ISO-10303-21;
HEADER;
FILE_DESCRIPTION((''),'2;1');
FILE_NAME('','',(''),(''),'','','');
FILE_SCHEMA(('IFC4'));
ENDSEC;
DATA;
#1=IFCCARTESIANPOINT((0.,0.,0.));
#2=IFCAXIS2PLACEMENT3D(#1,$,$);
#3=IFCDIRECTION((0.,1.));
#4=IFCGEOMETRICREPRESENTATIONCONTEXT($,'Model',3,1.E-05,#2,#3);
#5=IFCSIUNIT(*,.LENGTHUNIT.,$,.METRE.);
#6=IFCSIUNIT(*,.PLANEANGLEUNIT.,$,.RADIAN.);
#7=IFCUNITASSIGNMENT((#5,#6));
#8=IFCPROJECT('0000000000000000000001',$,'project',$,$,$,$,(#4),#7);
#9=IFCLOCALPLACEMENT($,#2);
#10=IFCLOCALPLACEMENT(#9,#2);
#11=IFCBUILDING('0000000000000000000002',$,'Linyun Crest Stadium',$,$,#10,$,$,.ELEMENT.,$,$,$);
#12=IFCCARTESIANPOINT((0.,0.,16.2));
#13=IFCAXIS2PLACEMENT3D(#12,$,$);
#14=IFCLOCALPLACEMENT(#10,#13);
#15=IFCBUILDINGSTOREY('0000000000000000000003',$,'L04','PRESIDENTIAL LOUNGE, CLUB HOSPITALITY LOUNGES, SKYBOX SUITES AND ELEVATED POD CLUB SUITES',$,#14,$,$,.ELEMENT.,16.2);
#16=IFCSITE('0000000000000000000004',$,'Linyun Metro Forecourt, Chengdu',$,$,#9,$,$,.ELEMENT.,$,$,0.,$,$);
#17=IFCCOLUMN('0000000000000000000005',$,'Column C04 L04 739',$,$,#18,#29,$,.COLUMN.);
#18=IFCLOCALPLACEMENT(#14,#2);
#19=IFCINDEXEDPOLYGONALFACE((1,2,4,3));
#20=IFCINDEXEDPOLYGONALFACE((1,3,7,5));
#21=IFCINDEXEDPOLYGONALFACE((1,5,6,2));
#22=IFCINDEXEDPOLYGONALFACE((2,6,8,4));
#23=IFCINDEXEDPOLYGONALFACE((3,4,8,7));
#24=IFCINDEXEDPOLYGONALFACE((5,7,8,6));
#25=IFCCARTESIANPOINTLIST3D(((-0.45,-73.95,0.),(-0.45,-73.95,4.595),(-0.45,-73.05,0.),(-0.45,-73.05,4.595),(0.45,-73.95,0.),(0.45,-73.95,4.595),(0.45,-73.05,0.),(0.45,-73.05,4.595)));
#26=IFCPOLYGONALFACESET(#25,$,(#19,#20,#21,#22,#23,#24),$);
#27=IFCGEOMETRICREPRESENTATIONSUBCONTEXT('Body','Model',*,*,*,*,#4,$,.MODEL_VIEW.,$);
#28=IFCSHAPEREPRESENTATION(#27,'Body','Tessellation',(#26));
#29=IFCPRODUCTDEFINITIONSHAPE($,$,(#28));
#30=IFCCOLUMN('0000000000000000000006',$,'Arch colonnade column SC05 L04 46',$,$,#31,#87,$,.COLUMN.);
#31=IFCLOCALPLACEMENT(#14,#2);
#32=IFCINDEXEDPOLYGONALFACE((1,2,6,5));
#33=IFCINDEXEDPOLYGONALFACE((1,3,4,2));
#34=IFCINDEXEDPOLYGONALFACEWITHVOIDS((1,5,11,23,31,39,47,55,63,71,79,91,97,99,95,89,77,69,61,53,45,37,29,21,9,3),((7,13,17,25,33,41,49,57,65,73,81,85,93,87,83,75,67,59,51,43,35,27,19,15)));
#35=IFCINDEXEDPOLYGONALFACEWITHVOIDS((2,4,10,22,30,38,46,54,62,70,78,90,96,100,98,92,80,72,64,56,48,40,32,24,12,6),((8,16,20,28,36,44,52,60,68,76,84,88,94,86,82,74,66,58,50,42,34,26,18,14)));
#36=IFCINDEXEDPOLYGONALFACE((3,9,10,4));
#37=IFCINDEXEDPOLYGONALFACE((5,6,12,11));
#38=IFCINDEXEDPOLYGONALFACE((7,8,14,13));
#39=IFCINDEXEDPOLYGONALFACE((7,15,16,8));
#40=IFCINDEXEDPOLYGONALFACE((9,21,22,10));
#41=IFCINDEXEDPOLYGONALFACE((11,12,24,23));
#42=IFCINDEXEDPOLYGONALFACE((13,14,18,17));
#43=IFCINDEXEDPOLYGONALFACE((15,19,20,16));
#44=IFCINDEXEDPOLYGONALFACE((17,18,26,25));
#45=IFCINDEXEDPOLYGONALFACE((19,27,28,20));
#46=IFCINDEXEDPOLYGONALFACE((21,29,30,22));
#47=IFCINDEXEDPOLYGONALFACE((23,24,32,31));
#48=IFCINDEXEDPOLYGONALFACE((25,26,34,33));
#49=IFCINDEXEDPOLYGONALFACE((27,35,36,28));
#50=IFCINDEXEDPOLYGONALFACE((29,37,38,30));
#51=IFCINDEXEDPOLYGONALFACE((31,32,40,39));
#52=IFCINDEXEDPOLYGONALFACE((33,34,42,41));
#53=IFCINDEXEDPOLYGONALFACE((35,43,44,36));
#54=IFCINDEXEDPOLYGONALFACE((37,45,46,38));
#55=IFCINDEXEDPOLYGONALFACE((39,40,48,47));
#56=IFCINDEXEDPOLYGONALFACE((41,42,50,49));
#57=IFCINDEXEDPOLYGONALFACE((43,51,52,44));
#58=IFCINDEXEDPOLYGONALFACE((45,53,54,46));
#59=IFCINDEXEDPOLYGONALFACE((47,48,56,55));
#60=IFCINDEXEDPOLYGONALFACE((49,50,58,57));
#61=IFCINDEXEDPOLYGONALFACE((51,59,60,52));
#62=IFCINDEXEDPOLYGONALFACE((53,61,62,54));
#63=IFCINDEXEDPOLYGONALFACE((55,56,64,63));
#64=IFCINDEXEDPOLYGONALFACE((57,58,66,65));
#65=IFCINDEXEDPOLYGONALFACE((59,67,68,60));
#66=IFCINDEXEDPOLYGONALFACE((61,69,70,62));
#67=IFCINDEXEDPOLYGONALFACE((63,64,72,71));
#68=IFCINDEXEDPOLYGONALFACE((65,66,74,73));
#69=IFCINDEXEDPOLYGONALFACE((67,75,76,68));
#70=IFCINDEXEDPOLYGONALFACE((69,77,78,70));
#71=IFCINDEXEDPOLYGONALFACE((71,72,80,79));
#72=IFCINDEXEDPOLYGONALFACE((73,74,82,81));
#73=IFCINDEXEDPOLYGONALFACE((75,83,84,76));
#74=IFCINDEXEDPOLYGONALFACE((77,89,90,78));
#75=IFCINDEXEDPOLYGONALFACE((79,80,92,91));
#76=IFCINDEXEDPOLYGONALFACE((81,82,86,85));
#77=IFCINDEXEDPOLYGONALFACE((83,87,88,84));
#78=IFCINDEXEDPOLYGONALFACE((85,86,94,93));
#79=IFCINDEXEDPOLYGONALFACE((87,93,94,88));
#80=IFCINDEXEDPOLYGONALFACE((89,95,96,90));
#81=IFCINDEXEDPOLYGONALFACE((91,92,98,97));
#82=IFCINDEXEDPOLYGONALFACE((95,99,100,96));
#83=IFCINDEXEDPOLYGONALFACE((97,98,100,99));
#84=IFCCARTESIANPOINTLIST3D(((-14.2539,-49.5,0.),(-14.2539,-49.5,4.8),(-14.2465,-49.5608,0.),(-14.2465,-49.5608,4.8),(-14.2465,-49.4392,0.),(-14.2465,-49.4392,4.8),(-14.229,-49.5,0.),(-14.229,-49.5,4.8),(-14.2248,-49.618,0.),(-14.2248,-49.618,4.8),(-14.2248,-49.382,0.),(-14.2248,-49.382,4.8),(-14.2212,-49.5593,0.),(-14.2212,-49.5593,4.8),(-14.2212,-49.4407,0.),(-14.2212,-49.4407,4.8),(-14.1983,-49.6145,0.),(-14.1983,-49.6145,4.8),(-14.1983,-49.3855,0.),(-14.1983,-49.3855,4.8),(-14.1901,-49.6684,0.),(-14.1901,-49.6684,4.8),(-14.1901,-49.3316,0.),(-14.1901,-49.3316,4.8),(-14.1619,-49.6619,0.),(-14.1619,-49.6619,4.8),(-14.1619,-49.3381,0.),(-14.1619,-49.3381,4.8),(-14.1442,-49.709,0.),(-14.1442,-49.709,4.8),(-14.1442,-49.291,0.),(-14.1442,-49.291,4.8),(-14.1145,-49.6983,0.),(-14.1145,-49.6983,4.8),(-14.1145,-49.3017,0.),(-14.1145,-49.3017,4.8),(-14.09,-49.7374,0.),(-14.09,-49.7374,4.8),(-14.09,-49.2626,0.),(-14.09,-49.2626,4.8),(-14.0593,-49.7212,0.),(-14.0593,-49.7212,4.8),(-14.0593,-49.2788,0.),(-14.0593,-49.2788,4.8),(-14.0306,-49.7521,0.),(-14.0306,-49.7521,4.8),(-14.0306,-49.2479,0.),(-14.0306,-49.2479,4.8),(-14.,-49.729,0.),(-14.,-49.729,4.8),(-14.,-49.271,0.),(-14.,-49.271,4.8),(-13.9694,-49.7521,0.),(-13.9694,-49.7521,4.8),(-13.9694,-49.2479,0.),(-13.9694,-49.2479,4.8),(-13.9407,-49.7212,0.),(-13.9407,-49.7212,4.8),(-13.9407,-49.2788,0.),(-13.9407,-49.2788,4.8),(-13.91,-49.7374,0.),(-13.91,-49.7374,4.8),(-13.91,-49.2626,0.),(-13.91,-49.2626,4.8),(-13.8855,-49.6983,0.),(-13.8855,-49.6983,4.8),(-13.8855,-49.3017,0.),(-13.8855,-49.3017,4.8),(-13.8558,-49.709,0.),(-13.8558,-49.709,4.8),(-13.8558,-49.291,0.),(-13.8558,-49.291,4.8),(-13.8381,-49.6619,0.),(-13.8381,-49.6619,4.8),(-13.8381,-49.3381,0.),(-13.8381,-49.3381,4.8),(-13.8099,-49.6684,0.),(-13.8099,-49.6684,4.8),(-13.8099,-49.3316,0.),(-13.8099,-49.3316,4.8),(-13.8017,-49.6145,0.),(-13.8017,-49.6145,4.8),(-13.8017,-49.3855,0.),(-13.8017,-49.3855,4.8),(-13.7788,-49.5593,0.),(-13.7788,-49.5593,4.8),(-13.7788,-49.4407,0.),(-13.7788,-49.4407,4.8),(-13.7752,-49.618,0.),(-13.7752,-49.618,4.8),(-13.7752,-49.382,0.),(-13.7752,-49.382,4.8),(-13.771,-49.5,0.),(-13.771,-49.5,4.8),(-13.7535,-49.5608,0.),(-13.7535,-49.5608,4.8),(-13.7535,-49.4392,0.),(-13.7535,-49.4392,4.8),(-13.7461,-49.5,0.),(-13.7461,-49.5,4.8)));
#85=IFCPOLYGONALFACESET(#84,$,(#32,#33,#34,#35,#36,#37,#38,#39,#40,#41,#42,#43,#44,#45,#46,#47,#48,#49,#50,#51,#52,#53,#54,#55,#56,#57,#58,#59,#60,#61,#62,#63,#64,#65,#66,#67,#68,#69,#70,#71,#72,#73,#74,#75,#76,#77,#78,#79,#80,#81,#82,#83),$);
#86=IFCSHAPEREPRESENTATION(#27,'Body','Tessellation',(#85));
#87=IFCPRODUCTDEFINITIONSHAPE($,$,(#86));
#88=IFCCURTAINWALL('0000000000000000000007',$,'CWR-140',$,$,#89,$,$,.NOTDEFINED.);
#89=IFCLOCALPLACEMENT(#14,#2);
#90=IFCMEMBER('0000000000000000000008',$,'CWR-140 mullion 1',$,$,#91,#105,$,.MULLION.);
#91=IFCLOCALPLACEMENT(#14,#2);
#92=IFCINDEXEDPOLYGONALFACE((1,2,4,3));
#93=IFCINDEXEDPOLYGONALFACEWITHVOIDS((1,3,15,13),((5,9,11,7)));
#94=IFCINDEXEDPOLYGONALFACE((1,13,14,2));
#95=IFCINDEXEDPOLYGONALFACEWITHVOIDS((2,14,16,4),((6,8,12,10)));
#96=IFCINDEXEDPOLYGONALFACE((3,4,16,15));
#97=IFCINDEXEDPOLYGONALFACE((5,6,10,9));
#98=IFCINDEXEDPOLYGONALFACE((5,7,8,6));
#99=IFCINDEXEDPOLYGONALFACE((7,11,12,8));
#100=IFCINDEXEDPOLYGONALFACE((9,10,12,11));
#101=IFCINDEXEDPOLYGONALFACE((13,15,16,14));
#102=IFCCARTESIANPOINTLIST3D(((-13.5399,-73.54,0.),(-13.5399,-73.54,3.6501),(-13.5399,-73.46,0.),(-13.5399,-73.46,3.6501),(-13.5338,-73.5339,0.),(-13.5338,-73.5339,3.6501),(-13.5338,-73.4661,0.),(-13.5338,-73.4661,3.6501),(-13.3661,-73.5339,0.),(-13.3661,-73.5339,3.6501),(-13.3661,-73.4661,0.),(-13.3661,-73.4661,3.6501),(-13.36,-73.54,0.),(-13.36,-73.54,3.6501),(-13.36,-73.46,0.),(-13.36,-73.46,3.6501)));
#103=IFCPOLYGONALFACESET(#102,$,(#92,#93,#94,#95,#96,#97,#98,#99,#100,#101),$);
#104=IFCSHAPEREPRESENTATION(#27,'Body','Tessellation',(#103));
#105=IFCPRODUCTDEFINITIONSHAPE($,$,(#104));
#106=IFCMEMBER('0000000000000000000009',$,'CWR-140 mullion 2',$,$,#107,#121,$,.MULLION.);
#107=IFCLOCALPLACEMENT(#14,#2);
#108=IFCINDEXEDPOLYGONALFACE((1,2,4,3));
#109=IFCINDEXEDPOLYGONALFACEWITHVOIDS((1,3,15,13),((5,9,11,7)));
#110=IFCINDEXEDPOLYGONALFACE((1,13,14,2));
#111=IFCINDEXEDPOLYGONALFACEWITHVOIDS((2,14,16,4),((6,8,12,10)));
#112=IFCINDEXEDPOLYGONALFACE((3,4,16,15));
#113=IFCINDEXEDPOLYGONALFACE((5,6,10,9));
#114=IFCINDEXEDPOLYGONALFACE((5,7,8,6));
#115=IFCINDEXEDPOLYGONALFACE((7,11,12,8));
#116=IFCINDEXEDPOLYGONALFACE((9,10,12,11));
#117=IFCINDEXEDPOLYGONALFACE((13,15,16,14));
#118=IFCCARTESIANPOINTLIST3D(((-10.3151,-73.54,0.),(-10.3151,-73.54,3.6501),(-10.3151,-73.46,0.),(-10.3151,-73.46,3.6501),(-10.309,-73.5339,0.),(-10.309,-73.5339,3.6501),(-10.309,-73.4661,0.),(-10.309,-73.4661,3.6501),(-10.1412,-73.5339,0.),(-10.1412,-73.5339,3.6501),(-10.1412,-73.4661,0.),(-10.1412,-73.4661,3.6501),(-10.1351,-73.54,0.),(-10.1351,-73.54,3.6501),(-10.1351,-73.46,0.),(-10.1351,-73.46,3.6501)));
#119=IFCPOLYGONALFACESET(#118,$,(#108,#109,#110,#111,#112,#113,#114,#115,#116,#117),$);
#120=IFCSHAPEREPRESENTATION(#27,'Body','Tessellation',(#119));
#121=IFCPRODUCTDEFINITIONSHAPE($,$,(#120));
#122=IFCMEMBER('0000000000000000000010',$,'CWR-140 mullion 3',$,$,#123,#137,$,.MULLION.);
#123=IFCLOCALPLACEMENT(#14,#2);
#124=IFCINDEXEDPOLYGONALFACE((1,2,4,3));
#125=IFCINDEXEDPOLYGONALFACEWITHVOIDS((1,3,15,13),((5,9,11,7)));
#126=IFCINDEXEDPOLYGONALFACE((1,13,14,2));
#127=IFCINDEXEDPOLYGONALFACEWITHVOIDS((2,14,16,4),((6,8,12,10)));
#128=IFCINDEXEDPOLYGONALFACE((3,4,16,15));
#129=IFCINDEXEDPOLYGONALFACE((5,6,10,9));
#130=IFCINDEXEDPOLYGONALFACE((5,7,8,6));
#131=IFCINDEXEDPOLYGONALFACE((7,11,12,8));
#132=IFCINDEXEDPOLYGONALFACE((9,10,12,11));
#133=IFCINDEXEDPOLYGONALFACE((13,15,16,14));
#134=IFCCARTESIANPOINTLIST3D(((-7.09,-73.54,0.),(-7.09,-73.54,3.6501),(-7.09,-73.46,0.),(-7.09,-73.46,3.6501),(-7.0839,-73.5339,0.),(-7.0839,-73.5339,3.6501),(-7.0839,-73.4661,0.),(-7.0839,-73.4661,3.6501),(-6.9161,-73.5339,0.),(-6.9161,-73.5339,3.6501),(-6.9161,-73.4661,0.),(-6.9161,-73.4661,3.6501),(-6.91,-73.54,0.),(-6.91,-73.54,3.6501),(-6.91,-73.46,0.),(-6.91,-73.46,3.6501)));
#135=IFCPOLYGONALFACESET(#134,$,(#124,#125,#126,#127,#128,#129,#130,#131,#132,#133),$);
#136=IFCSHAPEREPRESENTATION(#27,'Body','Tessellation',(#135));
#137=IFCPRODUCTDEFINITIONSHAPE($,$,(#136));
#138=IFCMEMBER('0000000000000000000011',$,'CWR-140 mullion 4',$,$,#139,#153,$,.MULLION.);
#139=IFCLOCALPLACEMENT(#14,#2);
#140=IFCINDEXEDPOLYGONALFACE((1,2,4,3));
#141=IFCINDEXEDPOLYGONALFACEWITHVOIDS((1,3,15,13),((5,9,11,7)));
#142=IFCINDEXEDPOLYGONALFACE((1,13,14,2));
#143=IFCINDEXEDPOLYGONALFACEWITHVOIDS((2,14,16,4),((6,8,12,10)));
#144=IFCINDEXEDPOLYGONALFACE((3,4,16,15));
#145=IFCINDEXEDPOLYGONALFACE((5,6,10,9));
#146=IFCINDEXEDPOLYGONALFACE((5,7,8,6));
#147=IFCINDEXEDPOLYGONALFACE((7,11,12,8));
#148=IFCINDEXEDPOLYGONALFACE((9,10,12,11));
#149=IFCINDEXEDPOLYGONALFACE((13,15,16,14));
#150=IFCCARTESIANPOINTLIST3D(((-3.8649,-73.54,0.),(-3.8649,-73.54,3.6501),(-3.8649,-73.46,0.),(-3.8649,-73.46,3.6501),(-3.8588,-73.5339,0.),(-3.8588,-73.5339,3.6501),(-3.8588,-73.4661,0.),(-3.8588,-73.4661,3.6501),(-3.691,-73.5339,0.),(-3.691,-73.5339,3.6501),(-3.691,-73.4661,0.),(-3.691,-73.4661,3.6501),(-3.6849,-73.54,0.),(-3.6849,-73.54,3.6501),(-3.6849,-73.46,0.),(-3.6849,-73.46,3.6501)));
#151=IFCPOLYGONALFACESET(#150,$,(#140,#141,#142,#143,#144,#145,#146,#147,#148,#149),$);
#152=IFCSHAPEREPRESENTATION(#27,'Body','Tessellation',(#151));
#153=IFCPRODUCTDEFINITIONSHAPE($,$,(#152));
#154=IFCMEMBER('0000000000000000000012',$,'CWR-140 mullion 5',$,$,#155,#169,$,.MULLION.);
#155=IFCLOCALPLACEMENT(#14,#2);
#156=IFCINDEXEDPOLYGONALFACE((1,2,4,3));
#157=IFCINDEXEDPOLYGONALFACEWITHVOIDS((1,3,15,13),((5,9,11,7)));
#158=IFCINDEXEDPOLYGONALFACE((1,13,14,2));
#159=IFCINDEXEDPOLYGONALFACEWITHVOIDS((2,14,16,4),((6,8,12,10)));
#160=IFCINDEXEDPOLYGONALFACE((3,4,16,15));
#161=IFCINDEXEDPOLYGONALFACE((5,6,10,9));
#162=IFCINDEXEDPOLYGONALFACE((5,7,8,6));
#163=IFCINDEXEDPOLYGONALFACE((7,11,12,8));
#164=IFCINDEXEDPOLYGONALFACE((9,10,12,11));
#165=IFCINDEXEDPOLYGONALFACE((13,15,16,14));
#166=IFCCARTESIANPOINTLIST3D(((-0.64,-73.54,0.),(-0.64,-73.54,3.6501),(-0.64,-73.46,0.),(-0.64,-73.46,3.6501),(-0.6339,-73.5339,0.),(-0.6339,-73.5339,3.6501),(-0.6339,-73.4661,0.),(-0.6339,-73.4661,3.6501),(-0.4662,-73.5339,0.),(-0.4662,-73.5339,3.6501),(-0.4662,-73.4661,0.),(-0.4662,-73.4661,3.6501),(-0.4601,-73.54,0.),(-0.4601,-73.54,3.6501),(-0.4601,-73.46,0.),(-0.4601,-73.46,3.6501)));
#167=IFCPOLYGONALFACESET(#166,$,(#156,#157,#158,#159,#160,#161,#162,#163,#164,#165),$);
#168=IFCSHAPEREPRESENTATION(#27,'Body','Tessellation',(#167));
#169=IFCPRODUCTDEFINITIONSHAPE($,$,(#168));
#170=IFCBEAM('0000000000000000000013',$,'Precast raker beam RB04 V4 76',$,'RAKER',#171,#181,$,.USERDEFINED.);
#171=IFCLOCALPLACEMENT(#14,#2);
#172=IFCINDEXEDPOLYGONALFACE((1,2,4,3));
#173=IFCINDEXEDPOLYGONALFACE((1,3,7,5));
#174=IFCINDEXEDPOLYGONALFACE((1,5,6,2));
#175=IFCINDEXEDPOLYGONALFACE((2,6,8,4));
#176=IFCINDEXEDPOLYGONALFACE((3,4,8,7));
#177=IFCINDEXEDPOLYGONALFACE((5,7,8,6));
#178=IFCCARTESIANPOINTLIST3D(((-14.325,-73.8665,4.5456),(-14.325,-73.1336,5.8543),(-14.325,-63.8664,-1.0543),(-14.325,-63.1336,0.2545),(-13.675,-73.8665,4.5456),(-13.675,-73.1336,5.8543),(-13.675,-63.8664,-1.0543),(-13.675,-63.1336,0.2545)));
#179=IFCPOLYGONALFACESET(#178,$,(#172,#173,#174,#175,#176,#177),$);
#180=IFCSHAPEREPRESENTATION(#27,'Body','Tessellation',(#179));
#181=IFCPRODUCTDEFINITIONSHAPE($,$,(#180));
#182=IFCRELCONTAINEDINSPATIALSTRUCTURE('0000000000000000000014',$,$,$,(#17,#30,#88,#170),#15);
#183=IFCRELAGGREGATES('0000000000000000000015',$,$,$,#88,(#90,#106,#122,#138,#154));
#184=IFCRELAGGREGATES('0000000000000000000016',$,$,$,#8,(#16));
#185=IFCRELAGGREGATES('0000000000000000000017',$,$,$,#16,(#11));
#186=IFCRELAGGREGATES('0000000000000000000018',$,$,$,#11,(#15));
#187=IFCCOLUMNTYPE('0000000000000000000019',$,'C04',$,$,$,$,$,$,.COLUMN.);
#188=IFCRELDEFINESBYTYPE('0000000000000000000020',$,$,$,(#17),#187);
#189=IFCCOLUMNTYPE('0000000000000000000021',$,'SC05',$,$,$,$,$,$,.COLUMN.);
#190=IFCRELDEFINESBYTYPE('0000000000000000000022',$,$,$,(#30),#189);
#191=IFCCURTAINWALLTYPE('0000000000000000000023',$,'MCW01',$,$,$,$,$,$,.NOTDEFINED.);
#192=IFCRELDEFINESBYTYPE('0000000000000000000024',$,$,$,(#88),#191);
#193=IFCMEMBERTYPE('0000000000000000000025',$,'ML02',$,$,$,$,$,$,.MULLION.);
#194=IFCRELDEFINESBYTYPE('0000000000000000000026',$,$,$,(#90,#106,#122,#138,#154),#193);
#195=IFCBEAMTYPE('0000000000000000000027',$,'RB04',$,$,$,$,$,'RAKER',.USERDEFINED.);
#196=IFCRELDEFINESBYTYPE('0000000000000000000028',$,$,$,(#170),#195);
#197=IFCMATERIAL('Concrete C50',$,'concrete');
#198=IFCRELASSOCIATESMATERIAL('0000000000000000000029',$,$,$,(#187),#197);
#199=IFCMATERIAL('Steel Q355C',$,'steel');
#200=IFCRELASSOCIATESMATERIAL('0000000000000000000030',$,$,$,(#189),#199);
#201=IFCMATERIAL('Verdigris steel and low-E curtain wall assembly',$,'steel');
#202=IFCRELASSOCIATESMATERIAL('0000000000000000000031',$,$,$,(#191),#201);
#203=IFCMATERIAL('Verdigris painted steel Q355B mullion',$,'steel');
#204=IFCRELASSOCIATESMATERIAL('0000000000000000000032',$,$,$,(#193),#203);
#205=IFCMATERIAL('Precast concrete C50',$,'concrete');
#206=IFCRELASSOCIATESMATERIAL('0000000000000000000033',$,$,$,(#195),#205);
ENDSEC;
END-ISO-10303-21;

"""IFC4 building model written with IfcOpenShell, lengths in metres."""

from ifc_helpers import new_model, si_unit, direction, frame, origin, origin_2d, place, context, subcontext, project, spatial, rectangle, hollow_rectangle, hollow_circle, extrude, material, material_profile, profile_set, type_object, element, aggregate, save


model = new_model("IFC4")

# Units and contexts
model_context = context("Model", 3, precision=1e-05, world=origin(), true_north=direction((0.0, 1.0)))
body_context = subcontext(model_context, "Body", "Model", "MODEL_VIEW")
ifc_project = project(units=[si_unit("LENGTHUNIT", "METRE"), si_unit("PLANEANGLEUNIT", "RADIAN")], contexts=[model_context])

# Site, building, storey
site_placement = place(None, origin())
site = spatial("IfcSite", under=ifc_project, at=site_placement, Name="Linyun Metro Forecourt, Chengdu", CompositionType="ELEMENT", RefElevation=0.0)
building_placement = place(site_placement, origin())
building = spatial("IfcBuilding", under=site, at=building_placement, Name="Linyun Crest Stadium", CompositionType="ELEMENT")
storey_placement = place(building_placement, frame((0.0, 0.0, 16.2)))
storey = spatial("IfcBuildingStorey", under=building, at=storey_placement, Name="L04", Description="PRESIDENTIAL LOUNGE, CLUB HOSPITALITY LOUNGES, SKYBOX SUITES AND ELEVATED POD CLUB SUITES", CompositionType="ELEMENT", Elevation=16.2)

# Columns
ifc_material_1 = material(Name="Concrete C50", Category="concrete")
ifc_material_profile_1 = material_profile(ifc_material_1, rectangle(XDim=0.8999, YDim=0.8999, at=origin_2d()), Name="RC 900x900")
ifc_profile_set_1 = profile_set([ifc_material_profile_1], Name="Concrete C50")
column_type_1 = type_object("IfcColumnType", Name="C04", PredefinedType="COLUMN", material=ifc_profile_set_1)
column_1_placement = place(storey_placement, frame((0.0, -73.5, 0.0), z_axis=(0.0, 0.0, 1.0), x_axis=(1.0, 0.0, 0.0)))
element("IfcColumn", 1, at=column_1_placement, inside=storey, type_object=column_type_1, Name="Column C04 L04 739", PredefinedType="COLUMN", context=body_context, shape_type="SweptSolid", body=[
    extrude(rectangle(XDim=0.8999, YDim=0.8999, at=origin_2d()), origin(), (0.0, 0.0, 1.0), 4.595),
])
ifc_material_2 = material(Name="Steel Q355C", Category="steel")
ifc_material_profile_2 = material_profile(ifc_material_2, hollow_circle(Radius=0.2539, WallThickness=0.0249, at=origin_2d()), Name="CHS 508x25")
ifc_profile_set_2 = profile_set([ifc_material_profile_2], Name="Steel Q355C")
column_type_2 = type_object("IfcColumnType", Name="SC05", PredefinedType="COLUMN", material=ifc_profile_set_2)
column_2_placement = place(storey_placement, frame((-14.0, -49.5, 0.0), z_axis=(0.0, 0.0, 1.0), x_axis=(1.0, 0.0, 0.0)))
element("IfcColumn", 2, at=column_2_placement, inside=storey, type_object=column_type_2, Name="Arch colonnade column SC05 L04 46", PredefinedType="COLUMN", context=body_context, shape_type="SweptSolid", body=[
    extrude(hollow_circle(Radius=0.2539, WallThickness=0.0249, at=origin_2d()), origin(), (0.0, 0.0, 1.0), 4.8),
])

# Curtain wall, members
ifc_material_3 = material(Name="Verdigris steel and low-E curtain wall assembly", Category="steel")
curtain_wall_type = type_object("IfcCurtainWallType", Name="MCW01", PredefinedType="NOTDEFINED", material=ifc_material_3)
curtain_wall_placement = place(storey_placement, origin())
curtain_wall = element("IfcCurtainWall", 3, at=curtain_wall_placement, inside=storey, type_object=curtain_wall_type, Name="CWR-140", PredefinedType="NOTDEFINED")
ifc_material_4 = material(Name="Verdigris painted steel Q355B mullion", Category="steel")
ifc_material_profile_3 = material_profile(ifc_material_4, hollow_rectangle(XDim=0.0801, YDim=0.1799, WallThickness=0.0061, at=origin_2d()), Name="RHS 180x80x6")
ifc_profile_set_3 = profile_set([ifc_material_profile_3], Name="Verdigris painted steel Q355B mullion")
member_type_1 = type_object("IfcMemberType", Name="ML02", PredefinedType="MULLION", material=ifc_profile_set_3)
member_1_placement = place(storey_placement, frame((-13.45, -73.5, 0.0), z_axis=(0.0, 0.0, 1.0), x_axis=(0.0, 1.0, 0.0)))
member_1 = element("IfcMember", 4, at=member_1_placement, type_object=member_type_1, Name="CWR-140 mullion 1", PredefinedType="MULLION", context=body_context, shape_type="SweptSolid", body=[
    extrude(hollow_rectangle(XDim=0.0801, YDim=0.1799, WallThickness=0.0061, at=origin_2d()), origin(), (0.0, 0.0, 1.0), 3.6501),
])
member_2_placement = place(storey_placement, frame((-10.2251, -73.5, 0.0), z_axis=(0.0, 0.0, 1.0), x_axis=(0.0, 1.0, 0.0)))
member_2 = element("IfcMember", 5, at=member_2_placement, type_object=member_type_1, Name="CWR-140 mullion 2", PredefinedType="MULLION", context=body_context, shape_type="SweptSolid", body=[
    extrude(hollow_rectangle(XDim=0.0801, YDim=0.1799, WallThickness=0.0061, at=origin_2d()), origin(), (0.0, 0.0, 1.0), 3.6501),
])
member_3_placement = place(storey_placement, frame((-7.0, -73.5, 0.0), z_axis=(0.0, 0.0, 1.0), x_axis=(0.0, 1.0, 0.0)))
member_3 = element("IfcMember", 6, at=member_3_placement, type_object=member_type_1, Name="CWR-140 mullion 3", PredefinedType="MULLION", context=body_context, shape_type="SweptSolid", body=[
    extrude(hollow_rectangle(XDim=0.0801, YDim=0.1799, WallThickness=0.0061, at=origin_2d()), origin(), (0.0, 0.0, 1.0), 3.6501),
])
member_4_placement = place(storey_placement, frame((-3.7749, -73.5, 0.0), z_axis=(0.0, 0.0, 1.0), x_axis=(0.0, 1.0, 0.0)))
member_4 = element("IfcMember", 7, at=member_4_placement, type_object=member_type_1, Name="CWR-140 mullion 4", PredefinedType="MULLION", context=body_context, shape_type="SweptSolid", body=[
    extrude(hollow_rectangle(XDim=0.0801, YDim=0.1799, WallThickness=0.0061, at=origin_2d()), origin(), (0.0, 0.0, 1.0), 3.6501),
])
member_5_placement = place(storey_placement, frame((-0.55, -73.5, 0.0), z_axis=(0.0, 0.0, 1.0), x_axis=(0.0, 1.0, 0.0)))
member_5 = element("IfcMember", 8, at=member_5_placement, type_object=member_type_1, Name="CWR-140 mullion 5", PredefinedType="MULLION", context=body_context, shape_type="SweptSolid", body=[
    extrude(hollow_rectangle(XDim=0.0801, YDim=0.1799, WallThickness=0.0061, at=origin_2d()), origin(), (0.0, 0.0, 1.0), 3.6501),
])

# Beam
ifc_material_5 = material(Name="Precast concrete C50", Category="concrete")
ifc_material_profile_4 = material_profile(ifc_material_5, rectangle(XDim=0.6499, YDim=1.5, at=origin_2d()), Name="PCR 1500x650")
ifc_profile_set_4 = profile_set([ifc_material_profile_4], Name="Precast concrete C50")
beam_type = type_object("IfcBeamType", Name="RB04", ElementType="RAKER", PredefinedType="USERDEFINED", material=ifc_profile_set_4)
beam_placement = place(storey_placement, frame((-14.0, -63.5, -0.3999), z_axis=(0.0, -0.872511, 0.488594), x_axis=(1.0, 0.0, 0.0)))
element("IfcBeam", 9, at=beam_placement, inside=storey, type_object=beam_type, Name="Precast raker beam RB04 V4 76", ObjectType="RAKER", PredefinedType="USERDEFINED", context=body_context, shape_type="SweptSolid", body=[
    extrude(rectangle(XDim=0.6499, YDim=1.5, at=origin_2d()), origin(), (0.0, 0.0, 1.0), 11.4612),
])

aggregate(curtain_wall, [member_1, member_2, member_3, member_4, member_5])

save(model, "model.ifc")
